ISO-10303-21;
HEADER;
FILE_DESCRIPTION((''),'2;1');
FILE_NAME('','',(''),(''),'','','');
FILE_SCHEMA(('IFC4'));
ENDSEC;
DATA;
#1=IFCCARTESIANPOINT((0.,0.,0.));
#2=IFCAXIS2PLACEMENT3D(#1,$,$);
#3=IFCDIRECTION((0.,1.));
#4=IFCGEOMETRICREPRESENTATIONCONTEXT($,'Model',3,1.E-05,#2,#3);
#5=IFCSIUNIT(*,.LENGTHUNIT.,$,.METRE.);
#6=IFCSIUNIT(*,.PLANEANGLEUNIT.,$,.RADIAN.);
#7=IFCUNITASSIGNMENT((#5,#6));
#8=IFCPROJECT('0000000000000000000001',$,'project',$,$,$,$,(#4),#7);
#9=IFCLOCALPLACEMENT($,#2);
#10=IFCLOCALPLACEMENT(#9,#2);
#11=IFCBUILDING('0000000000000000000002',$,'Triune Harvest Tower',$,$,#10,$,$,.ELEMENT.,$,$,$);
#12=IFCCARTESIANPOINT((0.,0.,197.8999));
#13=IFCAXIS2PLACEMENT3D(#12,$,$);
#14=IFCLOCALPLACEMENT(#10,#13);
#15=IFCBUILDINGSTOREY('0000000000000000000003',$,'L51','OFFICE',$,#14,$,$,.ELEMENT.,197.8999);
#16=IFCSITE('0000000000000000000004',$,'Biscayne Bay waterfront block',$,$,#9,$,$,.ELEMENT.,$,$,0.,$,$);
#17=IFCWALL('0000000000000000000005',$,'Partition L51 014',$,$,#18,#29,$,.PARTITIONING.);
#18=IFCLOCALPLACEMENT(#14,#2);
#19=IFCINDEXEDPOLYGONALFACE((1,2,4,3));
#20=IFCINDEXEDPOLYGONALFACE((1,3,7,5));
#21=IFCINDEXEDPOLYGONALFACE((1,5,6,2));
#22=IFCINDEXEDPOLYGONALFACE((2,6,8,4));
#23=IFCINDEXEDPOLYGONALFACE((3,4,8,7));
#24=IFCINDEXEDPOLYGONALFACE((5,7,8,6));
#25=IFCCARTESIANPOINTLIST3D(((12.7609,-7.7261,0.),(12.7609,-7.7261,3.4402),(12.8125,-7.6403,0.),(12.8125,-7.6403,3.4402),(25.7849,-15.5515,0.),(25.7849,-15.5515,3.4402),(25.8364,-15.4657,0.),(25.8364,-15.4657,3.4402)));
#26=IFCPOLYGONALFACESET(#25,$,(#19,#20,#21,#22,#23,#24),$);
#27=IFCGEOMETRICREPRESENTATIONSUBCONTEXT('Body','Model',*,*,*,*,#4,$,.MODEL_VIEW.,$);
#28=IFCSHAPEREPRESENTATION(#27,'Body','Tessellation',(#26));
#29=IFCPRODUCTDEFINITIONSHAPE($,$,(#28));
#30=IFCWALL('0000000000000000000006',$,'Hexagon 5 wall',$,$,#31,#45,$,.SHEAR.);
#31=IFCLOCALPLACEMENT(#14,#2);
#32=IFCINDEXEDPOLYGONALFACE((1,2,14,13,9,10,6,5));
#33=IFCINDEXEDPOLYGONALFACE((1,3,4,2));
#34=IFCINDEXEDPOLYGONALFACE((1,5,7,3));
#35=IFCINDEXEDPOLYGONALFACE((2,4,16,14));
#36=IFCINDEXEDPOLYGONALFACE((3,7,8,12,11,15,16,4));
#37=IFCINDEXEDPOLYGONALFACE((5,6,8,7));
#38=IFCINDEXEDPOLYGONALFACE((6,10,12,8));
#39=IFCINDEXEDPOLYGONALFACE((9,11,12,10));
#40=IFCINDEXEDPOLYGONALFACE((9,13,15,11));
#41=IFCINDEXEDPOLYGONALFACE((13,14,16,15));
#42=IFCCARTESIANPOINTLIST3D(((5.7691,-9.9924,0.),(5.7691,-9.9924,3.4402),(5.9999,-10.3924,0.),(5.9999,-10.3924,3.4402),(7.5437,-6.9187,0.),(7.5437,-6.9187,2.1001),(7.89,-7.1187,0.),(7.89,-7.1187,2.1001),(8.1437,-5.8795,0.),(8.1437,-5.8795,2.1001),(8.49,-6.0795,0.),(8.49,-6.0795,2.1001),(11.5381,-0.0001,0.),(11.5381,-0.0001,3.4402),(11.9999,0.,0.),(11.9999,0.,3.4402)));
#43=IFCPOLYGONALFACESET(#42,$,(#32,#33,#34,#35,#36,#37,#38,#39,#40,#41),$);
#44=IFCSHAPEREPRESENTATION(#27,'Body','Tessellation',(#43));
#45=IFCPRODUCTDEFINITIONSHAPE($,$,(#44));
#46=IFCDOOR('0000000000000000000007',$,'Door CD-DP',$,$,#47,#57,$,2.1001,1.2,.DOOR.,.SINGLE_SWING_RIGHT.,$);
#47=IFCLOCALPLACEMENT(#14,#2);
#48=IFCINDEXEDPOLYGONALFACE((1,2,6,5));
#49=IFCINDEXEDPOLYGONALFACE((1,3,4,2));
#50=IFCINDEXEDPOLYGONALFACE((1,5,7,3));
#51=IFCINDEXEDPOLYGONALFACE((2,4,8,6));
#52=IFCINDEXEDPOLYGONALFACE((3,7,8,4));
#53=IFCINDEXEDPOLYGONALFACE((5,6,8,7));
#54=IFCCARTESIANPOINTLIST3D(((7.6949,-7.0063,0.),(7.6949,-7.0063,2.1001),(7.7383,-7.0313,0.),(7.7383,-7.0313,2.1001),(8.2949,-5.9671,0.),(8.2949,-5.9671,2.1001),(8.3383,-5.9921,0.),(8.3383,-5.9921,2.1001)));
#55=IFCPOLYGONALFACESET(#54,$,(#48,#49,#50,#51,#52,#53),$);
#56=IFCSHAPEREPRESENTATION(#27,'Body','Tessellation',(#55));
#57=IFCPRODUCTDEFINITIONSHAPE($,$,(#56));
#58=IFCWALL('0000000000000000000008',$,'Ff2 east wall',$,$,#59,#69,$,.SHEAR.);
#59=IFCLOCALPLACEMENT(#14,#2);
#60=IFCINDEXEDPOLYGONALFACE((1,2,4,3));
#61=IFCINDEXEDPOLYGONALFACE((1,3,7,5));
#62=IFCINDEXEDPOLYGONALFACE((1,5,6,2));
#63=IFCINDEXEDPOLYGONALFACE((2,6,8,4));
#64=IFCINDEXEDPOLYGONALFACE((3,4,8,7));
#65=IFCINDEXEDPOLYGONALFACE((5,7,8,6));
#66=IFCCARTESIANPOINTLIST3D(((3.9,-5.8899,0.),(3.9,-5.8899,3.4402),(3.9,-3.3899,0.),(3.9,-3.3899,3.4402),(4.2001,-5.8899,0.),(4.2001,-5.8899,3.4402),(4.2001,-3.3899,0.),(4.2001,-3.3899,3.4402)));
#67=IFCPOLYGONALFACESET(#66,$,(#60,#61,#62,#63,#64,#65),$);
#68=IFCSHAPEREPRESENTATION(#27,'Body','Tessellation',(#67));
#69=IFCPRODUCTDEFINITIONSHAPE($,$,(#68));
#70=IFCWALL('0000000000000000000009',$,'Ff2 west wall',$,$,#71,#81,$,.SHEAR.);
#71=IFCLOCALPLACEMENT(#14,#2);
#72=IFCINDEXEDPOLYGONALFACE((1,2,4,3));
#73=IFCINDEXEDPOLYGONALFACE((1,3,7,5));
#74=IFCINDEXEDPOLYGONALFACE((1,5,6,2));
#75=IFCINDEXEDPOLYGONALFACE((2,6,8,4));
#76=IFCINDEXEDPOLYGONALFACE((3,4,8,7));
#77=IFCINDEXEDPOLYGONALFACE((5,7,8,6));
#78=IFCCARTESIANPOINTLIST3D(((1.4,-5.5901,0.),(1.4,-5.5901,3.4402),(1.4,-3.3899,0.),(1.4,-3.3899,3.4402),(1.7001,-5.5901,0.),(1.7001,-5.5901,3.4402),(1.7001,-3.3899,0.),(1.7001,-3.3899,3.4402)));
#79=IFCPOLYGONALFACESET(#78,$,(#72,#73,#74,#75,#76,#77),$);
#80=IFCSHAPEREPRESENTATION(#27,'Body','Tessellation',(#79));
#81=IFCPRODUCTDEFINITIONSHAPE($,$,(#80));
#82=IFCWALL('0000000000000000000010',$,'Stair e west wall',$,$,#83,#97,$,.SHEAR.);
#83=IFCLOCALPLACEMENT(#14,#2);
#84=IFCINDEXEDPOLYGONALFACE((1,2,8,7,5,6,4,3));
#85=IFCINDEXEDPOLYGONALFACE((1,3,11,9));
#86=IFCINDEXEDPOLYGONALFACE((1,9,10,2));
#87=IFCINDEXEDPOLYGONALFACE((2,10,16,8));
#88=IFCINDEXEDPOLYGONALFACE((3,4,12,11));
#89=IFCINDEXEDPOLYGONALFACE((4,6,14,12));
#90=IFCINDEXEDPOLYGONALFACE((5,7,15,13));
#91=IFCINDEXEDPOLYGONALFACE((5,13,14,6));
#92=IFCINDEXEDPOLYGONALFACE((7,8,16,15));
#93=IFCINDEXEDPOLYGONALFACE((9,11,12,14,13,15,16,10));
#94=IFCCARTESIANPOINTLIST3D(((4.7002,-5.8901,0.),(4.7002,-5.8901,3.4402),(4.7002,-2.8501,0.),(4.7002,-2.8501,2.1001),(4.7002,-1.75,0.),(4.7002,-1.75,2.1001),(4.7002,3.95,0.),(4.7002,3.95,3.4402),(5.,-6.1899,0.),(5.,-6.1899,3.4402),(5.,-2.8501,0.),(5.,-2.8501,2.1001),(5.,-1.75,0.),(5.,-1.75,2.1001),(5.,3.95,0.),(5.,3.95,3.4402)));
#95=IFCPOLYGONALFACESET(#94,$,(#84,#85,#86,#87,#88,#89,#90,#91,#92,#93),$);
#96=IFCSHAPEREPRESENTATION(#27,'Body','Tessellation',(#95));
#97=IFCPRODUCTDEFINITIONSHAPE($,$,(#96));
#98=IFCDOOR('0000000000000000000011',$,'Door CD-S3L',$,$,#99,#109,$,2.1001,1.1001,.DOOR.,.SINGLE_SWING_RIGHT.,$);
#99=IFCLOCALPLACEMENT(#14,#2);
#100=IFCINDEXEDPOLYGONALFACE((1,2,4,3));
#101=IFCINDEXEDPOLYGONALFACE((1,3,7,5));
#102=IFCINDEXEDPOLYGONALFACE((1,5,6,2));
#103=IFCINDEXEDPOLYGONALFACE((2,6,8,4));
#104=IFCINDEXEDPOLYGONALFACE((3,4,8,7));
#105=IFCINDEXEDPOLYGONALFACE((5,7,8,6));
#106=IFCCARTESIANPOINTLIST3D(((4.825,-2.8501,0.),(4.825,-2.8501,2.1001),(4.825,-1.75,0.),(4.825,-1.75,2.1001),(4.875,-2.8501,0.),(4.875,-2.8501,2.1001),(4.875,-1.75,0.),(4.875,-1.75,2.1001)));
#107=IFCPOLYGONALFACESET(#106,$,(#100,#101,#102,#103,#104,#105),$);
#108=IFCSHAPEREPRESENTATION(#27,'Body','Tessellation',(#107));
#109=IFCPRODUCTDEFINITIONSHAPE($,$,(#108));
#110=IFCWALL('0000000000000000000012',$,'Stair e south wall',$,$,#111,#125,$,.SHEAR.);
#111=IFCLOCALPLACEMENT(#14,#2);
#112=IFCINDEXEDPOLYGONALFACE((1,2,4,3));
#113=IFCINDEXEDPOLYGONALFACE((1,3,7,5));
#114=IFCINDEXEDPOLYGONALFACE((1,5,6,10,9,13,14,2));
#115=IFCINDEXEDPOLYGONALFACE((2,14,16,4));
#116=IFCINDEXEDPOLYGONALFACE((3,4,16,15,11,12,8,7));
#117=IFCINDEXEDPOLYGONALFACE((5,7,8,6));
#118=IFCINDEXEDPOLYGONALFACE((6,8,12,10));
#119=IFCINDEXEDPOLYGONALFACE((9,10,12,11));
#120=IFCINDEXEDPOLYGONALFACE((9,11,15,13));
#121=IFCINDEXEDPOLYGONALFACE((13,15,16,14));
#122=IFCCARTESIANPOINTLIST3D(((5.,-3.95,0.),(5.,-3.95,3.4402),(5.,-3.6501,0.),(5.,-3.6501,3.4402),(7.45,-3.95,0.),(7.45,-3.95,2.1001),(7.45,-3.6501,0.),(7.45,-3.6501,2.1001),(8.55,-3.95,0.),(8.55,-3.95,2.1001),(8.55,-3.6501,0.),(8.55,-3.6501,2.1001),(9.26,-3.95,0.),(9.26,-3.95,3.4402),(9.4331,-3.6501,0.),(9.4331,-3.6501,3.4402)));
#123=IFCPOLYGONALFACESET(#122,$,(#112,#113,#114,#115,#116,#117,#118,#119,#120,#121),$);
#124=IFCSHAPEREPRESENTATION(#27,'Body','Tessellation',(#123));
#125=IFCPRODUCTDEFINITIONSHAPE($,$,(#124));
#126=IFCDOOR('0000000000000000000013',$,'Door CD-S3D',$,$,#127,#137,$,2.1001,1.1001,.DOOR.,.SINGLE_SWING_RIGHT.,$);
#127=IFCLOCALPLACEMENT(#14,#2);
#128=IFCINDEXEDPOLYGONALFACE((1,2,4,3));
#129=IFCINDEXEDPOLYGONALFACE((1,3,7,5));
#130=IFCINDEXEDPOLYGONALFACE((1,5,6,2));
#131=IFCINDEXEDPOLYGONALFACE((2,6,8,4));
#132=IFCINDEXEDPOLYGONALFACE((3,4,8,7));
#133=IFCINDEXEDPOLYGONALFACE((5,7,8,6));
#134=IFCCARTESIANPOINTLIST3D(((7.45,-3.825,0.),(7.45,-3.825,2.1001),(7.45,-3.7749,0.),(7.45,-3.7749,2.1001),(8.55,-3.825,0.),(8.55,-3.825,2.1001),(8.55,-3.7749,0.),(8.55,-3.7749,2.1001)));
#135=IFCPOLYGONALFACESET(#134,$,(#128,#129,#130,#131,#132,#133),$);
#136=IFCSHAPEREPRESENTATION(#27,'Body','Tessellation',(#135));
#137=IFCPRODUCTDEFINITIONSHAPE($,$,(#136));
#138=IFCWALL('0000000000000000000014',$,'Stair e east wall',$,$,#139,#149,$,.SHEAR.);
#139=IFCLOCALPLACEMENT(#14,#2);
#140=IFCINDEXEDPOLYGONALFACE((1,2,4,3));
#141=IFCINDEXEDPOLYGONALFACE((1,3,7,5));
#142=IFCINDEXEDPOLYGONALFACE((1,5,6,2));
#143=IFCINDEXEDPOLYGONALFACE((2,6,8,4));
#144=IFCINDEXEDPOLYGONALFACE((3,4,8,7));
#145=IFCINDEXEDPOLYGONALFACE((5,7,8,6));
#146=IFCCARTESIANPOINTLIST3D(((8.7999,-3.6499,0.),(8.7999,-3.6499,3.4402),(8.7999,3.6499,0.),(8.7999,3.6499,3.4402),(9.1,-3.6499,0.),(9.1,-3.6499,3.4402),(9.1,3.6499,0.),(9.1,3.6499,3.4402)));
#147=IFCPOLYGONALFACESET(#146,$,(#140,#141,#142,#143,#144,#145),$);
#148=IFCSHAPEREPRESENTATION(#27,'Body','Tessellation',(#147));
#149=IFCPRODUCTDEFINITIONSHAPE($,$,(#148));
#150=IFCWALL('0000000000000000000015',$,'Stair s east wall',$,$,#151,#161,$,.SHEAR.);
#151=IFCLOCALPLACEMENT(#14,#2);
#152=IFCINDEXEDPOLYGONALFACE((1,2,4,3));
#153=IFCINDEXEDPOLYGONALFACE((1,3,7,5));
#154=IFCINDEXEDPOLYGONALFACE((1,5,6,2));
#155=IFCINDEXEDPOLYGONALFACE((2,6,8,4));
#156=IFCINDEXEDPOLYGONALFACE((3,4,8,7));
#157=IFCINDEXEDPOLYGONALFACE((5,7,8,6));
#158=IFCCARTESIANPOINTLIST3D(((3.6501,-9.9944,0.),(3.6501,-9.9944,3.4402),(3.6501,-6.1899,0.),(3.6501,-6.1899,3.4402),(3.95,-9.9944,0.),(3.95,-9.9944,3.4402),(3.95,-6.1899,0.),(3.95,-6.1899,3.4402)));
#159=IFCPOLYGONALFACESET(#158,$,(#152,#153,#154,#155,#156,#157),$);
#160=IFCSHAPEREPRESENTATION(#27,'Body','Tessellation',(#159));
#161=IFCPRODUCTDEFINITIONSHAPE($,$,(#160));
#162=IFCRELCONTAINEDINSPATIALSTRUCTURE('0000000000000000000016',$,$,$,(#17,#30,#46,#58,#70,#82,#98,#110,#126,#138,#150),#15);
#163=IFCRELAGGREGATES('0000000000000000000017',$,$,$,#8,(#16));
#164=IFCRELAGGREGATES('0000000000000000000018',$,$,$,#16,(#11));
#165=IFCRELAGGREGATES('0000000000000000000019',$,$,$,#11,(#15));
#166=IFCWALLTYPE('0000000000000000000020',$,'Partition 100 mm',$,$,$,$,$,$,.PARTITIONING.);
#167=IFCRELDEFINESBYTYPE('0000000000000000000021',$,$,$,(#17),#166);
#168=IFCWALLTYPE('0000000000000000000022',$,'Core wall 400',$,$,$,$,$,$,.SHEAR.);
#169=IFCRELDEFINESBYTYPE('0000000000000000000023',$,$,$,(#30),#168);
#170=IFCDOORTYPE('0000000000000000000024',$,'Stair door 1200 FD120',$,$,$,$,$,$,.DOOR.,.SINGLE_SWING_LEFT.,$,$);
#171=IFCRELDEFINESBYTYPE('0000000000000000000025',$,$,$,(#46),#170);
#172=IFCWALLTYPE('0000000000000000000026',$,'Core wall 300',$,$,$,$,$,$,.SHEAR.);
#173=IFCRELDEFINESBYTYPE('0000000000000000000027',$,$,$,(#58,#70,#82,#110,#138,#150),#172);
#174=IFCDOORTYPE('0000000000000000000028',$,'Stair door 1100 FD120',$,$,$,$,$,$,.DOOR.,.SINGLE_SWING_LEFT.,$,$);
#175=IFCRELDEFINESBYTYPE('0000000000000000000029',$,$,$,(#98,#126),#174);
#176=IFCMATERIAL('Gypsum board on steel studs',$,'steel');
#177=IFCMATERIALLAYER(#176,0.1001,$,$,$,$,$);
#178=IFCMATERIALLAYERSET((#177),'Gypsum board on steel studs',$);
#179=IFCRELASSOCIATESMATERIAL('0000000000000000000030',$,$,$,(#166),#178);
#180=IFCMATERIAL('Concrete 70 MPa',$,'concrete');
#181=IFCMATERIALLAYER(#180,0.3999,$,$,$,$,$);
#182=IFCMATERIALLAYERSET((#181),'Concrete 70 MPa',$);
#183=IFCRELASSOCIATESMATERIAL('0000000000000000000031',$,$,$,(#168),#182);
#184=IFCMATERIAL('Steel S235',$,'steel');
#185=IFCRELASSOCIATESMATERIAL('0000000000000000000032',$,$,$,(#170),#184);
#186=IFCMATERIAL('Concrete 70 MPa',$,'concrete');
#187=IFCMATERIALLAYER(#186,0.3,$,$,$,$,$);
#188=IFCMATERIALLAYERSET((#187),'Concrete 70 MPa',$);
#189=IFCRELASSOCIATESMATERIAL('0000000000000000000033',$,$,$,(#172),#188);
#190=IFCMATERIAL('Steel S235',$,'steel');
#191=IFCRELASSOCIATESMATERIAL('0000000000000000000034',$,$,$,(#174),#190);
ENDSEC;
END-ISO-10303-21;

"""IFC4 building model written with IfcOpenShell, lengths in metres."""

from ifc_helpers import new_model, si_unit, direction, frame, frame_2d, origin, place, context, subcontext, project, spatial, polyline, rectangle, outline, extrude, source, transform, mapped, material, layer, layer_set, type_object, element, fill, save


model = new_model("IFC4")

# Units and contexts
model_context = context("Model", 3, precision=1e-05, world=origin(), true_north=direction((0.0, 1.0)))
body_context = subcontext(model_context, "Body", "Model", "MODEL_VIEW")
ifc_project = project(units=[si_unit("LENGTHUNIT", "METRE"), si_unit("PLANEANGLEUNIT", "RADIAN")], contexts=[model_context])

# Site, building, storey
site_placement = place(None, origin())
site = spatial("IfcSite", under=ifc_project, at=site_placement, Name="Biscayne Bay waterfront block", CompositionType="ELEMENT", RefElevation=0.0)
building_placement = place(site_placement, origin())
building = spatial("IfcBuilding", under=site, at=building_placement, Name="Triune Harvest Tower", CompositionType="ELEMENT")
storey_placement = place(building_placement, frame((0.0, 0.0, 197.8999)))
storey = spatial("IfcBuildingStorey", under=building, at=storey_placement, Name="L51", Description="OFFICE", CompositionType="ELEMENT", Elevation=197.8999)

# Wall
ifc_material_1 = material(Name="Gypsum board on steel studs", Category="steel")
ifc_layer_1 = layer(ifc_material_1, 0.1001)
ifc_layer_set_1 = layer_set([ifc_layer_1], Name="Gypsum board on steel studs")
wall_type_1 = type_object("IfcWallType", Name="Partition 100 mm", PredefinedType="PARTITIONING", material=ifc_layer_set_1)
wall_1_placement = place(storey_placement, frame((12.7866, -7.6831, 0.0), z_axis=(0.0, 0.0, 1.0), x_axis=(0.857171, -0.515032, 0.0)))
element("IfcWall", 1, at=wall_1_placement, inside=storey, type_object=wall_type_1, Name="Partition L51 014", PredefinedType="PARTITIONING", context=body_context, shape_type="SweptSolid", body=[
    extrude(rectangle(XDim=15.1941, YDim=0.1001, at=frame_2d((7.5972, 0.0))), origin(), (0.0, 0.0, 1.0), 3.4402),
])

# Wall, opening, door
ifc_material_2 = material(Name="Concrete 70 MPa", Category="concrete")
ifc_layer_2 = layer(ifc_material_2, 0.3999)
ifc_layer_set_2 = layer_set([ifc_layer_2], Name="Concrete 70 MPa")
wall_type_2 = type_object("IfcWallType", Name="Core wall 400", PredefinedType="SHEAR", material=ifc_layer_set_2)
shared_shape_1 = source(origin(), body_context, "Body", "SweptSolid", [
    extrude(outline(polyline([(-0.1155, -0.2), (11.8845, -0.2), (11.6536, 0.2), (0.1155, 0.2), (-0.1155, -0.2)])), origin(), (0.0, 0.0, 1.0), 3.4402),
])
wall_2_placement = place(storey_placement, frame((5.8845, -10.1924, 0.0), z_axis=(0.0, 0.0, 1.0), x_axis=(0.499997, 0.866027, 0.0)))
wall_2 = element("IfcWall", 2, at=wall_2_placement, inside=storey, type_object=wall_type_2, Name="Hexagon 5 wall", PredefinedType="SHEAR", context=body_context, shape_type="MappedRepresentation", body=[
    mapped(shared_shape_1, transform((0.0, 0.0, 0.0), scale=1.0)),
])
opening_1_placement = place(wall_2_placement, frame((3.6646, 0.0, 0.0)))
opening_1 = element("IfcOpeningElement", 3, at=opening_1_placement, cuts=wall_2, PredefinedType="OPENING", context=body_context, shape_type="SweptSolid", body=[
    extrude(rectangle(XDim=1.2, YDim=2.1001, at=frame_2d((0.6001, 1.05))), frame((0.0, 0.21, 0.0), z_axis=(0.0, -1.0, 0.0), x_axis=(1.0, 0.0, 0.0)), (0.0, 0.0, 1.0), 0.4199),
])
ifc_material_3 = material(Name="Steel S235", Category="steel")
door_type_1 = type_object("IfcDoorType", Name="Stair door 1200 FD120", OperationType="SINGLE_SWING_LEFT", PredefinedType="DOOR", material=ifc_material_3)
door_1_placement = place(opening_1_placement, frame((1.2, 0.0, 0.0), z_axis=(0.0, 0.0, 1.0), x_axis=(-1.0, 0.0, 0.0)))
door_1 = element("IfcDoor", 4, at=door_1_placement, inside=storey, type_object=door_type_1, Name="Door CD-DP", OperationType="SINGLE_SWING_RIGHT", OverallHeight=2.1001, OverallWidth=1.2, PredefinedType="DOOR", context=body_context, shape_type="SweptSolid", body=[
    extrude(rectangle(XDim=1.2, YDim=2.1001, at=frame_2d((0.6001, 1.05))), frame((0.0, 0.0249, 0.0), z_axis=(0.0, -1.0, 0.0), x_axis=(1.0, 0.0, 0.0)), (0.0, 0.0, 1.0), 0.05),
])
fill(opening_1, door_1)

# Walls
ifc_material_4 = material(Name="Concrete 70 MPa", Category="concrete")
ifc_layer_3 = layer(ifc_material_4, 0.3)
ifc_layer_set_3 = layer_set([ifc_layer_3], Name="Concrete 70 MPa")
wall_type_3 = type_object("IfcWallType", Name="Core wall 300", PredefinedType="SHEAR", material=ifc_layer_set_3)
shared_shape_2 = source(origin(), body_context, "Body", "SweptSolid", [
    extrude(rectangle(XDim=2.5, YDim=0.3, at=frame_2d((1.25, 0.0))), origin(), (0.0, 0.0, 1.0), 3.4402),
])
wall_3_placement = place(storey_placement, frame((4.05, -5.8899, 0.0), z_axis=(0.0, 0.0, 1.0), x_axis=(0.0, 1.0, 0.0)))
element("IfcWall", 5, at=wall_3_placement, inside=storey, type_object=wall_type_3, Name="Ff2 east wall", PredefinedType="SHEAR", context=body_context, shape_type="MappedRepresentation", body=[
    mapped(shared_shape_2, transform((0.0, 0.0, 0.0), scale=1.0)),
])
shared_shape_3 = source(origin(), body_context, "Body", "SweptSolid", [
    extrude(rectangle(XDim=2.2002, YDim=0.3, at=frame_2d((1.1001, 0.0))), origin(), (0.0, 0.0, 1.0), 3.4402),
])
wall_4_placement = place(storey_placement, frame((1.55, -5.5901, 0.0), z_axis=(0.0, 0.0, 1.0), x_axis=(0.0, 1.0, 0.0)))
element("IfcWall", 6, at=wall_4_placement, inside=storey, type_object=wall_type_3, Name="Ff2 west wall", PredefinedType="SHEAR", context=body_context, shape_type="MappedRepresentation", body=[
    mapped(shared_shape_3, transform((0.0, 0.0, 0.0), scale=1.0)),
])

# Walls, openings, doors
shared_shape_4 = source(origin(), body_context, "Body", "SweptSolid", [
    extrude(outline(polyline([(-0.1499, -0.1499), (9.99, -0.1499), (9.99, 0.1499), (0.1499, 0.1499), (-0.1499, -0.1499)])), origin(), (0.0, 0.0, 1.0), 3.4402),
])
wall_5_placement = place(storey_placement, frame((4.8501, -6.04, 0.0), z_axis=(0.0, 0.0, 1.0), x_axis=(0.0, 1.0, 0.0)))
wall_5 = element("IfcWall", 7, at=wall_5_placement, inside=storey, type_object=wall_type_3, Name="Stair e west wall", PredefinedType="SHEAR", context=body_context, shape_type="MappedRepresentation", body=[
    mapped(shared_shape_4, transform((0.0, 0.0, 0.0), scale=1.0)),
])
opening_2_placement = place(wall_5_placement, frame((3.1899, 0.0, 0.0)))
opening_2 = element("IfcOpeningElement", 8, at=opening_2_placement, cuts=wall_5, PredefinedType="OPENING", context=body_context, shape_type="SweptSolid", body=[
    extrude(rectangle(XDim=1.1001, YDim=2.1001, at=frame_2d((0.55, 1.05))), frame((0.0, 0.1602, 0.0), z_axis=(0.0, -1.0, 0.0), x_axis=(1.0, 0.0, 0.0)), (0.0, 0.0, 1.0), 0.3201),
])
ifc_material_5 = material(Name="Steel S235", Category="steel")
door_type_2 = type_object("IfcDoorType", Name="Stair door 1100 FD120", OperationType="SINGLE_SWING_LEFT", PredefinedType="DOOR", material=ifc_material_5)
door_2_placement = place(opening_2_placement, frame((1.1001, 0.0, 0.0), z_axis=(0.0, 0.0, 1.0), x_axis=(-1.0, 0.0, 0.0)))
door_2 = element("IfcDoor", 9, at=door_2_placement, inside=storey, type_object=door_type_2, Name="Door CD-S3L", OperationType="SINGLE_SWING_RIGHT", OverallHeight=2.1001, OverallWidth=1.1001, PredefinedType="DOOR", context=body_context, shape_type="SweptSolid", body=[
    extrude(rectangle(XDim=1.1001, YDim=2.1001, at=frame_2d((0.55, 1.05))), frame((0.0, 0.0249, 0.0), z_axis=(0.0, -1.0, 0.0), x_axis=(1.0, 0.0, 0.0)), (0.0, 0.0, 1.0), 0.05),
])
fill(opening_2, door_2)
shared_shape_5 = source(origin(), body_context, "Body", "SweptSolid", [
    extrude(outline(polyline([(0.0, -0.1499), (0.0, 0.1499), (4.4331, 0.1499), (4.26, -0.1499), (0.0, -0.1499)])), origin(), (0.0, 0.0, 1.0), 3.4402),
])
wall_6_placement = place(storey_placement, frame((5.0, -3.8, 0.0), z_axis=(0.0, 0.0, 1.0), x_axis=(1.0, 0.0, 0.0)))
wall_6 = element("IfcWall", 10, at=wall_6_placement, inside=storey, type_object=wall_type_3, Name="Stair e south wall", PredefinedType="SHEAR", context=body_context, shape_type="MappedRepresentation", body=[
    mapped(shared_shape_5, transform((0.0, 0.0, 0.0), scale=1.0)),
])
opening_3_placement = place(wall_6_placement, frame((2.45, 0.0, 0.0)))
opening_3 = element("IfcOpeningElement", 11, at=opening_3_placement, cuts=wall_6, PredefinedType="OPENING", context=body_context, shape_type="SweptSolid", body=[
    extrude(rectangle(XDim=1.1001, YDim=2.1001, at=frame_2d((0.55, 1.05))), frame((0.0, 0.1602, 0.0), z_axis=(0.0, -1.0, 0.0), x_axis=(1.0, 0.0, 0.0)), (0.0, 0.0, 1.0), 0.3201),
])
door_3_placement = place(opening_3_placement, frame((1.1001, 0.0, 0.0), z_axis=(0.0, 0.0, 1.0), x_axis=(-1.0, 0.0, 0.0)))
door_3 = element("IfcDoor", 12, at=door_3_placement, inside=storey, type_object=door_type_2, Name="Door CD-S3D", OperationType="SINGLE_SWING_RIGHT", OverallHeight=2.1001, OverallWidth=1.1001, PredefinedType="DOOR", context=body_context, shape_type="SweptSolid", body=[
    extrude(rectangle(XDim=1.1001, YDim=2.1001, at=frame_2d((0.55, 1.05))), frame((0.0, 0.0249, 0.0), z_axis=(0.0, -1.0, 0.0), x_axis=(1.0, 0.0, 0.0)), (0.0, 0.0, 1.0), 0.05),
])
fill(opening_3, door_3)

# Walls
shared_shape_6 = source(origin(), body_context, "Body", "SweptSolid", [
    extrude(rectangle(XDim=7.2998, YDim=0.3, at=frame_2d((3.6499, 0.0))), origin(), (0.0, 0.0, 1.0), 3.4402),
])
wall_7_placement = place(storey_placement, frame((8.95, -3.6499, 0.0), z_axis=(0.0, 0.0, 1.0), x_axis=(0.0, 1.0, 0.0)))
element("IfcWall", 13, at=wall_7_placement, inside=storey, type_object=wall_type_3, Name="Stair e east wall", PredefinedType="SHEAR", context=body_context, shape_type="MappedRepresentation", body=[
    mapped(shared_shape_6, transform((0.0, 0.0, 0.0), scale=1.0)),
])
shared_shape_7 = source(origin(), body_context, "Body", "SweptSolid", [
    extrude(outline(polyline([(3.8, -0.1499), (-0.0044, -0.1499), (-0.0044, 0.1499), (3.8, 0.1499), (3.8, -0.1499)])), origin(), (0.0, 0.0, 1.0), 3.4402),
])
wall_8_placement = place(storey_placement, frame((3.8, -9.99, 0.0), z_axis=(0.0, 0.0, 1.0), x_axis=(0.0, 1.0, 0.0)))
element("IfcWall", 14, at=wall_8_placement, inside=storey, type_object=wall_type_3, Name="Stair s east wall", PredefinedType="SHEAR", context=body_context, shape_type="MappedRepresentation", body=[
    mapped(shared_shape_7, transform((0.0, 0.0, 0.0), scale=1.0)),
])

save(model, "model.ifc")
